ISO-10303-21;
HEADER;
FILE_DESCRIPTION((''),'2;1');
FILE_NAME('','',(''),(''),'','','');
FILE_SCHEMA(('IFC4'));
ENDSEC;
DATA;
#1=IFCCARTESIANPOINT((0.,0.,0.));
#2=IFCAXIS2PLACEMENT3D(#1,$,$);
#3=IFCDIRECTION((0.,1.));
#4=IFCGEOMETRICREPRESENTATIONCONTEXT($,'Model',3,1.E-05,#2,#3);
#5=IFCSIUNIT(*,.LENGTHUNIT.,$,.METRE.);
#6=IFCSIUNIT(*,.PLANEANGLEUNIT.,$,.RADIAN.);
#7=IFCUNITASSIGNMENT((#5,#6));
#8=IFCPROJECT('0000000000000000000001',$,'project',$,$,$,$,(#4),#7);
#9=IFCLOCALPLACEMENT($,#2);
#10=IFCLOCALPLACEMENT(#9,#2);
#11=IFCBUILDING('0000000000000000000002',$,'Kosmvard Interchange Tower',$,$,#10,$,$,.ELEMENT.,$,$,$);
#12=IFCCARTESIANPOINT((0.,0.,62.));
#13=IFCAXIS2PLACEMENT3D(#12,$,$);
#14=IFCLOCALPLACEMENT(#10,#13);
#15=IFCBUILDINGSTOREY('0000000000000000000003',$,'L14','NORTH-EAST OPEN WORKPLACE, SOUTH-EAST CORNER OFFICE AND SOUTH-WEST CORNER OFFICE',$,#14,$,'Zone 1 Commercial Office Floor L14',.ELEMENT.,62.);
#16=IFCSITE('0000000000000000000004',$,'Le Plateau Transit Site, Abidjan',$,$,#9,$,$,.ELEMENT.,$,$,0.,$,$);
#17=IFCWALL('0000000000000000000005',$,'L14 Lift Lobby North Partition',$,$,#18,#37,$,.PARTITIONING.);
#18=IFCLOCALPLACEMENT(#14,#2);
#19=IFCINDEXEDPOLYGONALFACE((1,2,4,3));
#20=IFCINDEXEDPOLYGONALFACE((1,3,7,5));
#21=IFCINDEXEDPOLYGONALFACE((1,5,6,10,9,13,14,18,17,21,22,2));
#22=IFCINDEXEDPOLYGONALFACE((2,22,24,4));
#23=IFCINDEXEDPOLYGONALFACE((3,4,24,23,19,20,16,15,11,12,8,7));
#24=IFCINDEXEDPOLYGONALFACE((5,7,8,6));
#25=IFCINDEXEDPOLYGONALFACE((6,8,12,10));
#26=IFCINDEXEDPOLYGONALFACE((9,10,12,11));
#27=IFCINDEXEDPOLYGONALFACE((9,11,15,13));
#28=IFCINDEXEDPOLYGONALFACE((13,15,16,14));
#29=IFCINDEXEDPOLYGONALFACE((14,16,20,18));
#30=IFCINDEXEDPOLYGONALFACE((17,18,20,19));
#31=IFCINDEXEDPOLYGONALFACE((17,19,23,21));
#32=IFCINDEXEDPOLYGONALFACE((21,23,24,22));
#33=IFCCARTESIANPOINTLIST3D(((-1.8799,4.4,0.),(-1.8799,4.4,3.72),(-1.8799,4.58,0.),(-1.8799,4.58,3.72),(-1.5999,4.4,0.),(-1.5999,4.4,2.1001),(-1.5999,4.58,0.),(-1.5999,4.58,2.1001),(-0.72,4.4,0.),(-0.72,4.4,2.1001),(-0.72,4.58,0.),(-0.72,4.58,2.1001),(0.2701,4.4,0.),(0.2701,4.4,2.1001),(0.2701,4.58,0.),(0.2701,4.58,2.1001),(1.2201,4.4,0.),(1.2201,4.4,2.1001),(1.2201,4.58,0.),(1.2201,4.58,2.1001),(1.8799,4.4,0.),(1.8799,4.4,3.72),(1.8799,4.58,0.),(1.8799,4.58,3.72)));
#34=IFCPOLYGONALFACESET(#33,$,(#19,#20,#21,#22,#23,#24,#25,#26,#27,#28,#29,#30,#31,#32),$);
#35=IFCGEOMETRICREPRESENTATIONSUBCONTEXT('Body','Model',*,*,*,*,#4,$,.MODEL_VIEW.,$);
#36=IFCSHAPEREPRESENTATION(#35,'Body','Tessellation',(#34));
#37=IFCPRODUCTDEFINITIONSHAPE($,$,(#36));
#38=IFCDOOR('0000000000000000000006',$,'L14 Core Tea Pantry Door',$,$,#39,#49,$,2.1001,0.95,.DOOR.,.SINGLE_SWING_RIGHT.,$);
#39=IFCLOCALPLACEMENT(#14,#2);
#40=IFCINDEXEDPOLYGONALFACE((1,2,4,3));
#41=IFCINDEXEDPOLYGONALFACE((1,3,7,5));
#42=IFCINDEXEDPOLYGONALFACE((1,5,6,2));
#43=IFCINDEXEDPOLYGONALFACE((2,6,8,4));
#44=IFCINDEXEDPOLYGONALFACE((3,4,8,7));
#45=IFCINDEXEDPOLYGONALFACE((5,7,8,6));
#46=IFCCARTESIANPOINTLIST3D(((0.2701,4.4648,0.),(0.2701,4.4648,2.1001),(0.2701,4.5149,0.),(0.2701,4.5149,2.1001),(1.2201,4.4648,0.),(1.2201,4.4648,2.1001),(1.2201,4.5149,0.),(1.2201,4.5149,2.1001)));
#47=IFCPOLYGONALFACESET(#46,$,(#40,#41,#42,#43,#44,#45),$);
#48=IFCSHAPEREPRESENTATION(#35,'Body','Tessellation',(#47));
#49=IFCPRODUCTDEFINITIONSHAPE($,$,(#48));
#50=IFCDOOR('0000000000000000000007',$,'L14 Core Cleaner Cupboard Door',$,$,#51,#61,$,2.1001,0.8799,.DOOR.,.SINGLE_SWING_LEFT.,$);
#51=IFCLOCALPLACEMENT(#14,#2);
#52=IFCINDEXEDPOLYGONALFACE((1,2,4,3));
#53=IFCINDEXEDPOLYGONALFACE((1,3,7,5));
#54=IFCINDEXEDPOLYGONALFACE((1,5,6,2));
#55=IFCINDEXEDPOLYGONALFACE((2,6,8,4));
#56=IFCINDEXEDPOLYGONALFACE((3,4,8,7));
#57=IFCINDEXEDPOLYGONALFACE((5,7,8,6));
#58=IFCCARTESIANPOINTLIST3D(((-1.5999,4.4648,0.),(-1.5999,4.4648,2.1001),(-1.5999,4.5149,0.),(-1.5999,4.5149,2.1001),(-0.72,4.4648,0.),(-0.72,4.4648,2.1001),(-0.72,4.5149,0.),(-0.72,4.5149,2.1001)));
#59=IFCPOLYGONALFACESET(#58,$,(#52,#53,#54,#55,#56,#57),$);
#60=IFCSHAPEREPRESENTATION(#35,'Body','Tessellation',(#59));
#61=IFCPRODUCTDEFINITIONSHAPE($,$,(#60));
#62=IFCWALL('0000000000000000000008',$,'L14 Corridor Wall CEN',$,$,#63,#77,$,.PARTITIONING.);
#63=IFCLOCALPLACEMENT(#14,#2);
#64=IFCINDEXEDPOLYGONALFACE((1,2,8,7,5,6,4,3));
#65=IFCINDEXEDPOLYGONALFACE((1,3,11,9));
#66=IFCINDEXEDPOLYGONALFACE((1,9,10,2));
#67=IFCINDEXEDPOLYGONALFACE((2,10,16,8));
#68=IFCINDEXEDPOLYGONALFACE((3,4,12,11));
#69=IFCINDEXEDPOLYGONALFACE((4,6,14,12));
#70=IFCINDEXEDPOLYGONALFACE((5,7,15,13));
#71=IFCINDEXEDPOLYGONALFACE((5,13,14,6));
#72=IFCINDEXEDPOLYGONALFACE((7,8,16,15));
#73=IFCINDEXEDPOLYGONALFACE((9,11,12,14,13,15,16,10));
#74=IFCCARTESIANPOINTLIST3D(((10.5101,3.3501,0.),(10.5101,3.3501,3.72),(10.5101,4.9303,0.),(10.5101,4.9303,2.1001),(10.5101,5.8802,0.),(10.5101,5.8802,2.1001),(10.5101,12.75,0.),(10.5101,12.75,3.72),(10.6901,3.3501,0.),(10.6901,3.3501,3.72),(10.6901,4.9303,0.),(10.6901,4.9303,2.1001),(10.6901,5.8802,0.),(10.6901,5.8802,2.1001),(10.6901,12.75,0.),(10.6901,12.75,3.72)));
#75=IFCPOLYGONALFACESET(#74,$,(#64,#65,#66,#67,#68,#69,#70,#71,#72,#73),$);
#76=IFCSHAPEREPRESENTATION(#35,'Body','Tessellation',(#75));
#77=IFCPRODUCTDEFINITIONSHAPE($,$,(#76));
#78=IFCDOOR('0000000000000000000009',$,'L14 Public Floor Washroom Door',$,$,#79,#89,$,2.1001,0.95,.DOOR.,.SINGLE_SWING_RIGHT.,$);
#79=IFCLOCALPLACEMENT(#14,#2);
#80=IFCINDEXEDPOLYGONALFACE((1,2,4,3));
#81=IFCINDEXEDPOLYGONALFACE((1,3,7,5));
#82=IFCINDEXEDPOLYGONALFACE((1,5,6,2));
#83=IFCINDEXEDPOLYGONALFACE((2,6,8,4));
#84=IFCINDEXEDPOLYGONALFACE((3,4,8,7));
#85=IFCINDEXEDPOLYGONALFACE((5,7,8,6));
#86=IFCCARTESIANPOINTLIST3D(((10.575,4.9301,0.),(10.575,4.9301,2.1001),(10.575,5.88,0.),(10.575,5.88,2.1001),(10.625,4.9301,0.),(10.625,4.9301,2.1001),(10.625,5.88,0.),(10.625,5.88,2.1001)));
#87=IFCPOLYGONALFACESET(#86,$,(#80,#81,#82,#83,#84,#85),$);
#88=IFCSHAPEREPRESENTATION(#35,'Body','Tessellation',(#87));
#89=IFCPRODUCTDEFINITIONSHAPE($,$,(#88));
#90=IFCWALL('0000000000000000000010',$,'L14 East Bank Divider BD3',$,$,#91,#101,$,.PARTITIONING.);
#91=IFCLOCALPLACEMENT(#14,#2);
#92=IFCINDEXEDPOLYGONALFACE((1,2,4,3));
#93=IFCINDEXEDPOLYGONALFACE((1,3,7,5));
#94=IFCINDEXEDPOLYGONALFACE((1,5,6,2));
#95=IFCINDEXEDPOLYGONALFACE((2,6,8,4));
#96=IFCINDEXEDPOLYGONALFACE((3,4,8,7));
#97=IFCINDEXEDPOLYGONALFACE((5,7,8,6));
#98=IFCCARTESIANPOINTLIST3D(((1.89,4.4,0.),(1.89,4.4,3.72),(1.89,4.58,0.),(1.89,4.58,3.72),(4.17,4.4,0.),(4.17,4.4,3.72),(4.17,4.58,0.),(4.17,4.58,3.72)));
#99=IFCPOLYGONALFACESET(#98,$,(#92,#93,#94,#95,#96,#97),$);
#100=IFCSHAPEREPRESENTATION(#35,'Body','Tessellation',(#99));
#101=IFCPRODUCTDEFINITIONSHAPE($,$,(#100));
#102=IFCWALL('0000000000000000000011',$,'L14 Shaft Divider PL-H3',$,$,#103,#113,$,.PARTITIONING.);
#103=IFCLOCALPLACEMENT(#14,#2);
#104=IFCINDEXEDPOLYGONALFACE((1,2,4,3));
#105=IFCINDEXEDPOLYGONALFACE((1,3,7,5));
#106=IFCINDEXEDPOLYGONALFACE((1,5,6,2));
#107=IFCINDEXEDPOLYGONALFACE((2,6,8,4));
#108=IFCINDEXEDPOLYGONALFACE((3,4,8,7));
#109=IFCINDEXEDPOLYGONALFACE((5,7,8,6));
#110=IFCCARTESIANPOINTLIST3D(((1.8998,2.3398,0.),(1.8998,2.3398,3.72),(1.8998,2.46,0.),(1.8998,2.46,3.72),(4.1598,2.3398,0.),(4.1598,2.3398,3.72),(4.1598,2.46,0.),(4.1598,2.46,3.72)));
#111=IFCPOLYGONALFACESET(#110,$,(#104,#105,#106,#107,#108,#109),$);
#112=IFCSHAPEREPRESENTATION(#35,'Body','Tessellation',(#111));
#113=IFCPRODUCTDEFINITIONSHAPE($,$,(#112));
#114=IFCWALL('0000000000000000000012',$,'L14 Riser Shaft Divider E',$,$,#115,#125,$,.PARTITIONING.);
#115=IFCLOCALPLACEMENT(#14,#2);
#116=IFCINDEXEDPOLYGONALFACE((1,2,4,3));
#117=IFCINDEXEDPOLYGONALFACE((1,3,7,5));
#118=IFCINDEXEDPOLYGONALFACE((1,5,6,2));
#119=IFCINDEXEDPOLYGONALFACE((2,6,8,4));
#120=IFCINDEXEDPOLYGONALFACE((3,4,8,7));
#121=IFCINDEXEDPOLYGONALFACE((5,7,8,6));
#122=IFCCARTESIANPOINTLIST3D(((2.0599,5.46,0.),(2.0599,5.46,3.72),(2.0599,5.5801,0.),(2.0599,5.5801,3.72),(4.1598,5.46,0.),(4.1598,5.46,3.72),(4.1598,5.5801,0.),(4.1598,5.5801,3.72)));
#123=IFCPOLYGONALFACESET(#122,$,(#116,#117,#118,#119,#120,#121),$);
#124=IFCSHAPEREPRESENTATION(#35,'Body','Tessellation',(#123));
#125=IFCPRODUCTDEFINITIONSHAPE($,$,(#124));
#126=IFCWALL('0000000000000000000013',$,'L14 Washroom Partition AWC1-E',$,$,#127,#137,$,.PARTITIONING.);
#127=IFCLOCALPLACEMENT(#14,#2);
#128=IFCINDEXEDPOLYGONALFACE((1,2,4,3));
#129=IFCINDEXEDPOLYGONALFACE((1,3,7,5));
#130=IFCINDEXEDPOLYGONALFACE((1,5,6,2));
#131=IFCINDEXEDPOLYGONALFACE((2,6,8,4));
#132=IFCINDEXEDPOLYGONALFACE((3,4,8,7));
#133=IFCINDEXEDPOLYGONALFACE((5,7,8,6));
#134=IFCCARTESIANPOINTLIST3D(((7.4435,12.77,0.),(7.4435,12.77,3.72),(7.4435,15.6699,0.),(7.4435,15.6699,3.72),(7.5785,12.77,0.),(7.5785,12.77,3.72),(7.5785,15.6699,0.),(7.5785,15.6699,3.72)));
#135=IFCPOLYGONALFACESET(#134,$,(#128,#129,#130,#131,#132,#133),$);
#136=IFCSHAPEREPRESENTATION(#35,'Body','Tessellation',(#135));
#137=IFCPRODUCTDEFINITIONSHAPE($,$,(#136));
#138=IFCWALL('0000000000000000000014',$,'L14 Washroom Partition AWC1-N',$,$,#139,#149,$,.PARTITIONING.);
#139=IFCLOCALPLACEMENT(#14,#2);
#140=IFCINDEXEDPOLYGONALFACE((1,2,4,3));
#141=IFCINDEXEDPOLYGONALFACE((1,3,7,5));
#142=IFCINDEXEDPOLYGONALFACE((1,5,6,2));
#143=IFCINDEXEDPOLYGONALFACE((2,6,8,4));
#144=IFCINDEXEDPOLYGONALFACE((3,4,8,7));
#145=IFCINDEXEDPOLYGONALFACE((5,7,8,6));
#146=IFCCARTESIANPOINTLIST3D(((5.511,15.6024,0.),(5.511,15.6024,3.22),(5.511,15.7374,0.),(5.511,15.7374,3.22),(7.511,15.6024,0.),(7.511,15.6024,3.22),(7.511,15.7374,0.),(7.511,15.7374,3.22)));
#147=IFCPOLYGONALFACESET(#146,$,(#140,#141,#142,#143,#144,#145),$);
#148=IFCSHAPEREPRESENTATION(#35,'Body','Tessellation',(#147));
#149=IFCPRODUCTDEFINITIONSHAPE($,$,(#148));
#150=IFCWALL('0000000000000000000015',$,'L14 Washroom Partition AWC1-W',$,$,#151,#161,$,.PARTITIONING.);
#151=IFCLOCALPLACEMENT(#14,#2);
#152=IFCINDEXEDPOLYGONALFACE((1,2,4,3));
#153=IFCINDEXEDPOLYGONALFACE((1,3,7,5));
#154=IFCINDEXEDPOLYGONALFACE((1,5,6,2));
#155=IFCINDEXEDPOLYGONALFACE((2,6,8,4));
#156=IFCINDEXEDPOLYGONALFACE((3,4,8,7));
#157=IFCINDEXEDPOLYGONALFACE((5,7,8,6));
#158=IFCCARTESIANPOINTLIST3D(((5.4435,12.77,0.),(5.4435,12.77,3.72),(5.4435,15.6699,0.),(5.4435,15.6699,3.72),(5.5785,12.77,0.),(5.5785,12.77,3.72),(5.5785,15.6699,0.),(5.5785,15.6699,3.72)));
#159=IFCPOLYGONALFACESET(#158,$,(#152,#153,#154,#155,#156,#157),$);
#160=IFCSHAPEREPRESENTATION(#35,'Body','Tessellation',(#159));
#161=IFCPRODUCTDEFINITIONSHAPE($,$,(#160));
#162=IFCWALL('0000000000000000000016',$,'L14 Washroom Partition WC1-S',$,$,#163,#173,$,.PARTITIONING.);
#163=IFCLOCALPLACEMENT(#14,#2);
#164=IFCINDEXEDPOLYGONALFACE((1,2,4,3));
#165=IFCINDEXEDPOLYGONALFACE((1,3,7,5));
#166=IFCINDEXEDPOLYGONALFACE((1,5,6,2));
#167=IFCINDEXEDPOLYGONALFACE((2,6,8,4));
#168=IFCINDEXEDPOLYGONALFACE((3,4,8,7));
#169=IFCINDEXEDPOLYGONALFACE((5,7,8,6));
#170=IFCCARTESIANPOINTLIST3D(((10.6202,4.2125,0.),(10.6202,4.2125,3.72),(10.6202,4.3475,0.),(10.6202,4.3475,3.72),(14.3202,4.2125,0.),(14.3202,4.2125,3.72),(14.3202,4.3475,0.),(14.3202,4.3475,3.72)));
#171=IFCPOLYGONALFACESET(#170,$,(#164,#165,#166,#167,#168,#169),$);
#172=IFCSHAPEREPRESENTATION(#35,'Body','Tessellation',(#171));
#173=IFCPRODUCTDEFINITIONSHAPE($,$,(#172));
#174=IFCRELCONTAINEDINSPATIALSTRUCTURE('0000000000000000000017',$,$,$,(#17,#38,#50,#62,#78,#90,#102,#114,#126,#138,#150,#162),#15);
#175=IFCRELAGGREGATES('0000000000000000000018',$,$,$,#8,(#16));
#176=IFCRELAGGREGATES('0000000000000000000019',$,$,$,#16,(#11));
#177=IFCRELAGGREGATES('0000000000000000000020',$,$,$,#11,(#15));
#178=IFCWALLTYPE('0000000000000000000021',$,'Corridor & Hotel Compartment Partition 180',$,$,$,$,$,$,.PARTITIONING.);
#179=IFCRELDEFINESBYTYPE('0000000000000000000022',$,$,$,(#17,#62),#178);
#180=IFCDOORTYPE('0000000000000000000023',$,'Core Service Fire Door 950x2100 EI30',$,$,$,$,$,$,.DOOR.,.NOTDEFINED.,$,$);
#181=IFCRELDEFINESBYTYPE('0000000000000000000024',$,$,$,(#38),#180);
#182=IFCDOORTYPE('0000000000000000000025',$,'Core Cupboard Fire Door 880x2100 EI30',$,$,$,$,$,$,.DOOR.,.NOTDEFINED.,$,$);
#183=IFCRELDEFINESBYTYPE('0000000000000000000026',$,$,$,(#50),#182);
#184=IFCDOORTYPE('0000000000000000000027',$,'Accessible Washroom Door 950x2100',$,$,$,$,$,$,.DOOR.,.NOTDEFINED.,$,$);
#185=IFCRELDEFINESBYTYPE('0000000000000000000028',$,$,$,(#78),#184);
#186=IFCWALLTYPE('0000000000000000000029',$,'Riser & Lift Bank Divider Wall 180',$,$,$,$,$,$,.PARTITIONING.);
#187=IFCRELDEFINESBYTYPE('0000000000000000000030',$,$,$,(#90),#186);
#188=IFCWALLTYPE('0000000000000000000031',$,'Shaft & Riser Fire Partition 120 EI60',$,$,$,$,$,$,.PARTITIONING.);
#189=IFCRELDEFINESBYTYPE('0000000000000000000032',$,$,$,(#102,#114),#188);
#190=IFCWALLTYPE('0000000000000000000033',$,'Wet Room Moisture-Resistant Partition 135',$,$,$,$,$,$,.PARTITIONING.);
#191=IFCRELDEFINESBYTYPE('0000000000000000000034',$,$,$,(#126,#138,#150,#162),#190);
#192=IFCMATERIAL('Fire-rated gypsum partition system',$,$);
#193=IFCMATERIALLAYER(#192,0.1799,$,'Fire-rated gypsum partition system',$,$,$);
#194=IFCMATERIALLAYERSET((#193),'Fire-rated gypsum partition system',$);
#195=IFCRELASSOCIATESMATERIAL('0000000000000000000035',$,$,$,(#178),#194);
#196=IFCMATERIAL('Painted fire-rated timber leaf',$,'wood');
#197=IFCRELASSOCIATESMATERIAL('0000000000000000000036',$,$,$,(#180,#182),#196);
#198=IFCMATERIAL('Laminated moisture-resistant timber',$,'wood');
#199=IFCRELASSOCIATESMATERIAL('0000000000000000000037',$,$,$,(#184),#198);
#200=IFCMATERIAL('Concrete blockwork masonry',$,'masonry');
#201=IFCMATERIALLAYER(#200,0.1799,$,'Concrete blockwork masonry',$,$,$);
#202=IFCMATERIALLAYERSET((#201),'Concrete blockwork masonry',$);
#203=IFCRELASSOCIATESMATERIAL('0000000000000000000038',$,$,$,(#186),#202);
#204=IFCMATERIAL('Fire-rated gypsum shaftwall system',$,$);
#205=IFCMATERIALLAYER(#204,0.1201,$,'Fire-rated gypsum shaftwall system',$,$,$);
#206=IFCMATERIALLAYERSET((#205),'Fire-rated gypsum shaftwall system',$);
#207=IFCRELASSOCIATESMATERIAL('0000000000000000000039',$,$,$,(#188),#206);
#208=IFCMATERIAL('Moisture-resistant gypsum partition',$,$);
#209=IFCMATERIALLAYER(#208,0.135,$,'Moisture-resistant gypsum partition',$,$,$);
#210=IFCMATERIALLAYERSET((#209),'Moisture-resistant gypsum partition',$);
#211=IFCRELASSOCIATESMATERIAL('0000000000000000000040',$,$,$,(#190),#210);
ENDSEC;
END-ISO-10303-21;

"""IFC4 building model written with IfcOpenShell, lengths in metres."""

from ifc_helpers import new_model, si_unit, direction, frame, frame_2d, origin, place, context, subcontext, project, spatial, rectangle, extrude, source, transform, mapped, material, layer, layer_set, type_object, element, fill, save


model = new_model("IFC4")

# Units and contexts
model_context = context("Model", 3, precision=1e-05, world=origin(), true_north=direction((0.0, 1.0)))
body_context = subcontext(model_context, "Body", "Model", "MODEL_VIEW")
ifc_project = project(units=[si_unit("LENGTHUNIT", "METRE"), si_unit("PLANEANGLEUNIT", "RADIAN")], contexts=[model_context])

# Site, building, storey
site_placement = place(None, origin())
site = spatial("IfcSite", under=ifc_project, at=site_placement, Name="Le Plateau Transit Site, Abidjan", CompositionType="ELEMENT", RefElevation=0.0)
building_placement = place(site_placement, origin())
building = spatial("IfcBuilding", under=site, at=building_placement, Name="Kosmvard Interchange Tower", CompositionType="ELEMENT")
storey_placement = place(building_placement, frame((0.0, 0.0, 62.0)))
storey = spatial("IfcBuildingStorey", under=building, at=storey_placement, Name="L14", Description="NORTH-EAST OPEN WORKPLACE, SOUTH-EAST CORNER OFFICE AND SOUTH-WEST CORNER OFFICE", LongName="Zone 1 Commercial Office Floor L14", CompositionType="ELEMENT", Elevation=62.0)

# Shared definitions
ifc_material_1 = material(Name="Fire-rated gypsum partition system")
ifc_material_2 = material(Name="Concrete blockwork masonry", Category="masonry")

# Wall, openings, doors
ifc_layer_1 = layer(ifc_material_1, 0.1799, Name="Fire-rated gypsum partition system")
ifc_layer_set_1 = layer_set([ifc_layer_1], Name="Fire-rated gypsum partition system")
wall_type_1 = type_object("IfcWallType", Name="Corridor & Hotel Compartment Partition 180", PredefinedType="PARTITIONING", material=ifc_layer_set_1)
wall_1_placement = place(storey_placement, frame((-1.8799, 4.49, 0.0), z_axis=(0.0, 0.0, 1.0), x_axis=(1.0, 0.0, 0.0)))
wall_1 = element("IfcWall", 1, at=wall_1_placement, inside=storey, type_object=wall_type_1, Name="L14 Lift Lobby North Partition", PredefinedType="PARTITIONING", context=body_context, shape_type="SweptSolid", body=[
    extrude(rectangle(XDim=3.7598, YDim=0.1799, at=frame_2d((1.8799, 0.0))), origin(), (0.0, 0.0, 1.0), 3.72),
])
opening_1_placement = place(wall_1_placement, frame((0.28, 0.0, 0.0)))
opening_1 = element("IfcOpeningElement", 2, at=opening_1_placement, cuts=wall_1, PredefinedType="OPENING", context=body_context, shape_type="SweptSolid", body=[
    extrude(rectangle(XDim=0.8799, YDim=2.1001, at=frame_2d((0.4399, 1.05))), frame((0.0, 0.1001, 0.0), z_axis=(0.0, -1.0, 0.0), x_axis=(1.0, 0.0, 0.0)), (0.0, 0.0, 1.0), 0.2),
])
opening_2_placement = place(wall_1_placement, frame((2.1499, 0.0, 0.0)))
opening_2 = element("IfcOpeningElement", 3, at=opening_2_placement, cuts=wall_1, PredefinedType="OPENING", context=body_context, shape_type="SweptSolid", body=[
    extrude(rectangle(XDim=0.95, YDim=2.1001, at=frame_2d((0.4751, 1.05))), frame((0.0, 0.1001, 0.0), z_axis=(0.0, -1.0, 0.0), x_axis=(1.0, 0.0, 0.0)), (0.0, 0.0, 1.0), 0.2),
])
ifc_material_3 = material(Name="Painted fire-rated timber leaf", Category="wood")
door_type_1 = type_object("IfcDoorType", Name="Core Service Fire Door 950x2100 EI30", OperationType="NOTDEFINED", PredefinedType="DOOR", material=ifc_material_3)
shared_shape_1 = source(origin(), body_context, "Body", "SweptSolid", [
    extrude(rectangle(XDim=0.95, YDim=2.1001, at=frame_2d((0.4751, 1.05))), frame((0.0, 0.0249, 0.0), z_axis=(0.0, -1.0, 0.0), x_axis=(1.0, 0.0, 0.0)), (0.0, 0.0, 1.0), 0.05),
])
door_1_placement = place(opening_2_placement, origin())
door_1 = element("IfcDoor", 4, at=door_1_placement, inside=storey, type_object=door_type_1, Name="L14 Core Tea Pantry Door", OperationType="SINGLE_SWING_RIGHT", OverallHeight=2.1001, OverallWidth=0.95, PredefinedType="DOOR", context=body_context, shape_type="MappedRepresentation", body=[
    mapped(shared_shape_1, transform((0.0, 0.0, 0.0), scale=1.0)),
])
fill(opening_2, door_1)
door_type_2 = type_object("IfcDoorType", Name="Core Cupboard Fire Door 880x2100 EI30", OperationType="NOTDEFINED", PredefinedType="DOOR", material=ifc_material_3)
shared_shape_2 = source(origin(), body_context, "Body", "SweptSolid", [
    extrude(rectangle(XDim=0.8799, YDim=2.1001, at=frame_2d((0.4399, 1.05))), frame((0.0, 0.0249, 0.0), z_axis=(0.0, -1.0, 0.0), x_axis=(1.0, 0.0, 0.0)), (0.0, 0.0, 1.0), 0.05),
])
door_2_placement = place(opening_1_placement, origin())
door_2 = element("IfcDoor", 5, at=door_2_placement, inside=storey, type_object=door_type_2, Name="L14 Core Cleaner Cupboard Door", OperationType="SINGLE_SWING_LEFT", OverallHeight=2.1001, OverallWidth=0.8799, PredefinedType="DOOR", context=body_context, shape_type="MappedRepresentation", body=[
    mapped(shared_shape_2, transform((0.0, 0.0, 0.0), scale=1.0)),
])
fill(opening_1, door_2)

# Wall, opening, door
wall_2_placement = place(storey_placement, frame((10.6001, 3.3501, 0.0), z_axis=(0.0, 0.0, 1.0), x_axis=(0.0, 1.0, 0.0)))
wall_2 = element("IfcWall", 6, at=wall_2_placement, inside=storey, type_object=wall_type_1, Name="L14 Corridor Wall CEN", PredefinedType="PARTITIONING", context=body_context, shape_type="SweptSolid", body=[
    extrude(rectangle(XDim=9.3999, YDim=0.1799, at=frame_2d((4.7, 0.0))), origin(), (0.0, 0.0, 1.0), 3.72),
])
opening_3_placement = place(wall_2_placement, frame((1.5801, 0.0, 0.0)))
opening_3 = element("IfcOpeningElement", 7, at=opening_3_placement, cuts=wall_2, PredefinedType="OPENING", context=body_context, shape_type="SweptSolid", body=[
    extrude(rectangle(XDim=0.95, YDim=2.1001, at=frame_2d((0.4751, 1.05))), frame((0.0, 0.1001, 0.0), z_axis=(0.0, -1.0, 0.0), x_axis=(1.0, 0.0, 0.0)), (0.0, 0.0, 1.0), 0.2),
])
ifc_material_4 = material(Name="Laminated moisture-resistant timber", Category="wood")
door_type_3 = type_object("IfcDoorType", Name="Accessible Washroom Door 950x2100", OperationType="NOTDEFINED", PredefinedType="DOOR", material=ifc_material_4)
door_3_placement = place(opening_3_placement, frame((0.95, 0.0, 0.0), z_axis=(0.0, 0.0, 1.0), x_axis=(-1.0, 0.0, 0.0)))
door_3 = element("IfcDoor", 8, at=door_3_placement, inside=storey, type_object=door_type_3, Name="L14 Public Floor Washroom Door", OperationType="SINGLE_SWING_RIGHT", OverallHeight=2.1001, OverallWidth=0.95, PredefinedType="DOOR", context=body_context, shape_type="MappedRepresentation", body=[
    mapped(shared_shape_1, transform((0.0, 0.0, 0.0), scale=1.0)),
])
fill(opening_3, door_3)

# Walls
ifc_layer_2 = layer(ifc_material_2, 0.1799, Name="Concrete blockwork masonry")
ifc_layer_set_2 = layer_set([ifc_layer_2], Name="Concrete blockwork masonry")
wall_type_2 = type_object("IfcWallType", Name="Riser & Lift Bank Divider Wall 180", PredefinedType="PARTITIONING", material=ifc_layer_set_2)
wall_3_placement = place(storey_placement, frame((1.8899, 4.49, 0.0), z_axis=(0.0, 0.0, 1.0), x_axis=(1.0, 0.0, 0.0)))
element("IfcWall", 9, at=wall_3_placement, inside=storey, type_object=wall_type_2, Name="L14 East Bank Divider BD3", PredefinedType="PARTITIONING", context=body_context, shape_type="SweptSolid", body=[
    extrude(rectangle(XDim=2.28, YDim=0.1799, at=frame_2d((1.1401, 0.0))), origin(), (0.0, 0.0, 1.0), 3.72),
])
ifc_material_5 = material(Name="Fire-rated gypsum shaftwall system")
ifc_layer_3 = layer(ifc_material_5, 0.1201, Name="Fire-rated gypsum shaftwall system")
ifc_layer_set_3 = layer_set([ifc_layer_3], Name="Fire-rated gypsum shaftwall system")
wall_type_3 = type_object("IfcWallType", Name="Shaft & Riser Fire Partition 120 EI60", PredefinedType="PARTITIONING", material=ifc_layer_set_3)
wall_4_placement = place(storey_placement, frame((1.8999, 2.3999, 0.0), z_axis=(0.0, 0.0, 1.0), x_axis=(1.0, 0.0, 0.0)))
element("IfcWall", 10, at=wall_4_placement, inside=storey, type_object=wall_type_3, Name="L14 Shaft Divider PL-H3", PredefinedType="PARTITIONING", context=body_context, shape_type="SweptSolid", body=[
    extrude(rectangle(XDim=2.26, YDim=0.1201, at=frame_2d((1.1299, 0.0))), origin(), (0.0, 0.0, 1.0), 3.72),
])
wall_5_placement = place(storey_placement, frame((2.0601, 5.52, 0.0), z_axis=(0.0, 0.0, 1.0), x_axis=(1.0, 0.0, 0.0)))
element("IfcWall", 11, at=wall_5_placement, inside=storey, type_object=wall_type_3, Name="L14 Riser Shaft Divider E", PredefinedType="PARTITIONING", context=body_context, shape_type="SweptSolid", body=[
    extrude(rectangle(XDim=2.0999, YDim=0.1201, at=frame_2d((1.0498, 0.0))), origin(), (0.0, 0.0, 1.0), 3.72),
])
ifc_material_6 = material(Name="Moisture-resistant gypsum partition")
ifc_layer_4 = layer(ifc_material_6, 0.135, Name="Moisture-resistant gypsum partition")
ifc_layer_set_4 = layer_set([ifc_layer_4], Name="Moisture-resistant gypsum partition")
wall_type_4 = type_object("IfcWallType", Name="Wet Room Moisture-Resistant Partition 135", PredefinedType="PARTITIONING", material=ifc_layer_set_4)
wall_6_placement = place(storey_placement, frame((7.511, 12.77, 0.0), z_axis=(0.0, 0.0, 1.0), x_axis=(0.0, 1.0, 0.0)))
element("IfcWall", 12, at=wall_6_placement, inside=storey, type_object=wall_type_4, Name="L14 Washroom Partition AWC1-E", PredefinedType="PARTITIONING", context=body_context, shape_type="SweptSolid", body=[
    extrude(rectangle(XDim=2.8999, YDim=0.135, at=frame_2d((1.45, 0.0))), origin(), (0.0, 0.0, 1.0), 3.72),
])
wall_7_placement = place(storey_placement, frame((5.511, 15.6699, 0.0), z_axis=(0.0, 0.0, 1.0), x_axis=(1.0, 0.0, 0.0)))
element("IfcWall", 13, at=wall_7_placement, inside=storey, type_object=wall_type_4, Name="L14 Washroom Partition AWC1-N", PredefinedType="PARTITIONING", context=body_context, shape_type="SweptSolid", body=[
    extrude(rectangle(XDim=2.0, YDim=0.135, at=frame_2d((1.0, 0.0))), origin(), (0.0, 0.0, 1.0), 3.22),
])
wall_8_placement = place(storey_placement, frame((5.511, 12.77, 0.0), z_axis=(0.0, 0.0, 1.0), x_axis=(0.0, 1.0, 0.0)))
element("IfcWall", 14, at=wall_8_placement, inside=storey, type_object=wall_type_4, Name="L14 Washroom Partition AWC1-W", PredefinedType="PARTITIONING", context=body_context, shape_type="SweptSolid", body=[
    extrude(rectangle(XDim=2.8999, YDim=0.135, at=frame_2d((1.45, 0.0))), origin(), (0.0, 0.0, 1.0), 3.72),
])
wall_9_placement = place(storey_placement, frame((10.6201, 4.28, 0.0), z_axis=(0.0, 0.0, 1.0), x_axis=(1.0, 0.0, 0.0)))
element("IfcWall", 15, at=wall_9_placement, inside=storey, type_object=wall_type_4, Name="L14 Washroom Partition WC1-S", PredefinedType="PARTITIONING", context=body_context, shape_type="SweptSolid", body=[
    extrude(rectangle(XDim=3.7, YDim=0.135, at=frame_2d((1.8501, 0.0))), origin(), (0.0, 0.0, 1.0), 3.72),
])

save(model, "model.ifc")
